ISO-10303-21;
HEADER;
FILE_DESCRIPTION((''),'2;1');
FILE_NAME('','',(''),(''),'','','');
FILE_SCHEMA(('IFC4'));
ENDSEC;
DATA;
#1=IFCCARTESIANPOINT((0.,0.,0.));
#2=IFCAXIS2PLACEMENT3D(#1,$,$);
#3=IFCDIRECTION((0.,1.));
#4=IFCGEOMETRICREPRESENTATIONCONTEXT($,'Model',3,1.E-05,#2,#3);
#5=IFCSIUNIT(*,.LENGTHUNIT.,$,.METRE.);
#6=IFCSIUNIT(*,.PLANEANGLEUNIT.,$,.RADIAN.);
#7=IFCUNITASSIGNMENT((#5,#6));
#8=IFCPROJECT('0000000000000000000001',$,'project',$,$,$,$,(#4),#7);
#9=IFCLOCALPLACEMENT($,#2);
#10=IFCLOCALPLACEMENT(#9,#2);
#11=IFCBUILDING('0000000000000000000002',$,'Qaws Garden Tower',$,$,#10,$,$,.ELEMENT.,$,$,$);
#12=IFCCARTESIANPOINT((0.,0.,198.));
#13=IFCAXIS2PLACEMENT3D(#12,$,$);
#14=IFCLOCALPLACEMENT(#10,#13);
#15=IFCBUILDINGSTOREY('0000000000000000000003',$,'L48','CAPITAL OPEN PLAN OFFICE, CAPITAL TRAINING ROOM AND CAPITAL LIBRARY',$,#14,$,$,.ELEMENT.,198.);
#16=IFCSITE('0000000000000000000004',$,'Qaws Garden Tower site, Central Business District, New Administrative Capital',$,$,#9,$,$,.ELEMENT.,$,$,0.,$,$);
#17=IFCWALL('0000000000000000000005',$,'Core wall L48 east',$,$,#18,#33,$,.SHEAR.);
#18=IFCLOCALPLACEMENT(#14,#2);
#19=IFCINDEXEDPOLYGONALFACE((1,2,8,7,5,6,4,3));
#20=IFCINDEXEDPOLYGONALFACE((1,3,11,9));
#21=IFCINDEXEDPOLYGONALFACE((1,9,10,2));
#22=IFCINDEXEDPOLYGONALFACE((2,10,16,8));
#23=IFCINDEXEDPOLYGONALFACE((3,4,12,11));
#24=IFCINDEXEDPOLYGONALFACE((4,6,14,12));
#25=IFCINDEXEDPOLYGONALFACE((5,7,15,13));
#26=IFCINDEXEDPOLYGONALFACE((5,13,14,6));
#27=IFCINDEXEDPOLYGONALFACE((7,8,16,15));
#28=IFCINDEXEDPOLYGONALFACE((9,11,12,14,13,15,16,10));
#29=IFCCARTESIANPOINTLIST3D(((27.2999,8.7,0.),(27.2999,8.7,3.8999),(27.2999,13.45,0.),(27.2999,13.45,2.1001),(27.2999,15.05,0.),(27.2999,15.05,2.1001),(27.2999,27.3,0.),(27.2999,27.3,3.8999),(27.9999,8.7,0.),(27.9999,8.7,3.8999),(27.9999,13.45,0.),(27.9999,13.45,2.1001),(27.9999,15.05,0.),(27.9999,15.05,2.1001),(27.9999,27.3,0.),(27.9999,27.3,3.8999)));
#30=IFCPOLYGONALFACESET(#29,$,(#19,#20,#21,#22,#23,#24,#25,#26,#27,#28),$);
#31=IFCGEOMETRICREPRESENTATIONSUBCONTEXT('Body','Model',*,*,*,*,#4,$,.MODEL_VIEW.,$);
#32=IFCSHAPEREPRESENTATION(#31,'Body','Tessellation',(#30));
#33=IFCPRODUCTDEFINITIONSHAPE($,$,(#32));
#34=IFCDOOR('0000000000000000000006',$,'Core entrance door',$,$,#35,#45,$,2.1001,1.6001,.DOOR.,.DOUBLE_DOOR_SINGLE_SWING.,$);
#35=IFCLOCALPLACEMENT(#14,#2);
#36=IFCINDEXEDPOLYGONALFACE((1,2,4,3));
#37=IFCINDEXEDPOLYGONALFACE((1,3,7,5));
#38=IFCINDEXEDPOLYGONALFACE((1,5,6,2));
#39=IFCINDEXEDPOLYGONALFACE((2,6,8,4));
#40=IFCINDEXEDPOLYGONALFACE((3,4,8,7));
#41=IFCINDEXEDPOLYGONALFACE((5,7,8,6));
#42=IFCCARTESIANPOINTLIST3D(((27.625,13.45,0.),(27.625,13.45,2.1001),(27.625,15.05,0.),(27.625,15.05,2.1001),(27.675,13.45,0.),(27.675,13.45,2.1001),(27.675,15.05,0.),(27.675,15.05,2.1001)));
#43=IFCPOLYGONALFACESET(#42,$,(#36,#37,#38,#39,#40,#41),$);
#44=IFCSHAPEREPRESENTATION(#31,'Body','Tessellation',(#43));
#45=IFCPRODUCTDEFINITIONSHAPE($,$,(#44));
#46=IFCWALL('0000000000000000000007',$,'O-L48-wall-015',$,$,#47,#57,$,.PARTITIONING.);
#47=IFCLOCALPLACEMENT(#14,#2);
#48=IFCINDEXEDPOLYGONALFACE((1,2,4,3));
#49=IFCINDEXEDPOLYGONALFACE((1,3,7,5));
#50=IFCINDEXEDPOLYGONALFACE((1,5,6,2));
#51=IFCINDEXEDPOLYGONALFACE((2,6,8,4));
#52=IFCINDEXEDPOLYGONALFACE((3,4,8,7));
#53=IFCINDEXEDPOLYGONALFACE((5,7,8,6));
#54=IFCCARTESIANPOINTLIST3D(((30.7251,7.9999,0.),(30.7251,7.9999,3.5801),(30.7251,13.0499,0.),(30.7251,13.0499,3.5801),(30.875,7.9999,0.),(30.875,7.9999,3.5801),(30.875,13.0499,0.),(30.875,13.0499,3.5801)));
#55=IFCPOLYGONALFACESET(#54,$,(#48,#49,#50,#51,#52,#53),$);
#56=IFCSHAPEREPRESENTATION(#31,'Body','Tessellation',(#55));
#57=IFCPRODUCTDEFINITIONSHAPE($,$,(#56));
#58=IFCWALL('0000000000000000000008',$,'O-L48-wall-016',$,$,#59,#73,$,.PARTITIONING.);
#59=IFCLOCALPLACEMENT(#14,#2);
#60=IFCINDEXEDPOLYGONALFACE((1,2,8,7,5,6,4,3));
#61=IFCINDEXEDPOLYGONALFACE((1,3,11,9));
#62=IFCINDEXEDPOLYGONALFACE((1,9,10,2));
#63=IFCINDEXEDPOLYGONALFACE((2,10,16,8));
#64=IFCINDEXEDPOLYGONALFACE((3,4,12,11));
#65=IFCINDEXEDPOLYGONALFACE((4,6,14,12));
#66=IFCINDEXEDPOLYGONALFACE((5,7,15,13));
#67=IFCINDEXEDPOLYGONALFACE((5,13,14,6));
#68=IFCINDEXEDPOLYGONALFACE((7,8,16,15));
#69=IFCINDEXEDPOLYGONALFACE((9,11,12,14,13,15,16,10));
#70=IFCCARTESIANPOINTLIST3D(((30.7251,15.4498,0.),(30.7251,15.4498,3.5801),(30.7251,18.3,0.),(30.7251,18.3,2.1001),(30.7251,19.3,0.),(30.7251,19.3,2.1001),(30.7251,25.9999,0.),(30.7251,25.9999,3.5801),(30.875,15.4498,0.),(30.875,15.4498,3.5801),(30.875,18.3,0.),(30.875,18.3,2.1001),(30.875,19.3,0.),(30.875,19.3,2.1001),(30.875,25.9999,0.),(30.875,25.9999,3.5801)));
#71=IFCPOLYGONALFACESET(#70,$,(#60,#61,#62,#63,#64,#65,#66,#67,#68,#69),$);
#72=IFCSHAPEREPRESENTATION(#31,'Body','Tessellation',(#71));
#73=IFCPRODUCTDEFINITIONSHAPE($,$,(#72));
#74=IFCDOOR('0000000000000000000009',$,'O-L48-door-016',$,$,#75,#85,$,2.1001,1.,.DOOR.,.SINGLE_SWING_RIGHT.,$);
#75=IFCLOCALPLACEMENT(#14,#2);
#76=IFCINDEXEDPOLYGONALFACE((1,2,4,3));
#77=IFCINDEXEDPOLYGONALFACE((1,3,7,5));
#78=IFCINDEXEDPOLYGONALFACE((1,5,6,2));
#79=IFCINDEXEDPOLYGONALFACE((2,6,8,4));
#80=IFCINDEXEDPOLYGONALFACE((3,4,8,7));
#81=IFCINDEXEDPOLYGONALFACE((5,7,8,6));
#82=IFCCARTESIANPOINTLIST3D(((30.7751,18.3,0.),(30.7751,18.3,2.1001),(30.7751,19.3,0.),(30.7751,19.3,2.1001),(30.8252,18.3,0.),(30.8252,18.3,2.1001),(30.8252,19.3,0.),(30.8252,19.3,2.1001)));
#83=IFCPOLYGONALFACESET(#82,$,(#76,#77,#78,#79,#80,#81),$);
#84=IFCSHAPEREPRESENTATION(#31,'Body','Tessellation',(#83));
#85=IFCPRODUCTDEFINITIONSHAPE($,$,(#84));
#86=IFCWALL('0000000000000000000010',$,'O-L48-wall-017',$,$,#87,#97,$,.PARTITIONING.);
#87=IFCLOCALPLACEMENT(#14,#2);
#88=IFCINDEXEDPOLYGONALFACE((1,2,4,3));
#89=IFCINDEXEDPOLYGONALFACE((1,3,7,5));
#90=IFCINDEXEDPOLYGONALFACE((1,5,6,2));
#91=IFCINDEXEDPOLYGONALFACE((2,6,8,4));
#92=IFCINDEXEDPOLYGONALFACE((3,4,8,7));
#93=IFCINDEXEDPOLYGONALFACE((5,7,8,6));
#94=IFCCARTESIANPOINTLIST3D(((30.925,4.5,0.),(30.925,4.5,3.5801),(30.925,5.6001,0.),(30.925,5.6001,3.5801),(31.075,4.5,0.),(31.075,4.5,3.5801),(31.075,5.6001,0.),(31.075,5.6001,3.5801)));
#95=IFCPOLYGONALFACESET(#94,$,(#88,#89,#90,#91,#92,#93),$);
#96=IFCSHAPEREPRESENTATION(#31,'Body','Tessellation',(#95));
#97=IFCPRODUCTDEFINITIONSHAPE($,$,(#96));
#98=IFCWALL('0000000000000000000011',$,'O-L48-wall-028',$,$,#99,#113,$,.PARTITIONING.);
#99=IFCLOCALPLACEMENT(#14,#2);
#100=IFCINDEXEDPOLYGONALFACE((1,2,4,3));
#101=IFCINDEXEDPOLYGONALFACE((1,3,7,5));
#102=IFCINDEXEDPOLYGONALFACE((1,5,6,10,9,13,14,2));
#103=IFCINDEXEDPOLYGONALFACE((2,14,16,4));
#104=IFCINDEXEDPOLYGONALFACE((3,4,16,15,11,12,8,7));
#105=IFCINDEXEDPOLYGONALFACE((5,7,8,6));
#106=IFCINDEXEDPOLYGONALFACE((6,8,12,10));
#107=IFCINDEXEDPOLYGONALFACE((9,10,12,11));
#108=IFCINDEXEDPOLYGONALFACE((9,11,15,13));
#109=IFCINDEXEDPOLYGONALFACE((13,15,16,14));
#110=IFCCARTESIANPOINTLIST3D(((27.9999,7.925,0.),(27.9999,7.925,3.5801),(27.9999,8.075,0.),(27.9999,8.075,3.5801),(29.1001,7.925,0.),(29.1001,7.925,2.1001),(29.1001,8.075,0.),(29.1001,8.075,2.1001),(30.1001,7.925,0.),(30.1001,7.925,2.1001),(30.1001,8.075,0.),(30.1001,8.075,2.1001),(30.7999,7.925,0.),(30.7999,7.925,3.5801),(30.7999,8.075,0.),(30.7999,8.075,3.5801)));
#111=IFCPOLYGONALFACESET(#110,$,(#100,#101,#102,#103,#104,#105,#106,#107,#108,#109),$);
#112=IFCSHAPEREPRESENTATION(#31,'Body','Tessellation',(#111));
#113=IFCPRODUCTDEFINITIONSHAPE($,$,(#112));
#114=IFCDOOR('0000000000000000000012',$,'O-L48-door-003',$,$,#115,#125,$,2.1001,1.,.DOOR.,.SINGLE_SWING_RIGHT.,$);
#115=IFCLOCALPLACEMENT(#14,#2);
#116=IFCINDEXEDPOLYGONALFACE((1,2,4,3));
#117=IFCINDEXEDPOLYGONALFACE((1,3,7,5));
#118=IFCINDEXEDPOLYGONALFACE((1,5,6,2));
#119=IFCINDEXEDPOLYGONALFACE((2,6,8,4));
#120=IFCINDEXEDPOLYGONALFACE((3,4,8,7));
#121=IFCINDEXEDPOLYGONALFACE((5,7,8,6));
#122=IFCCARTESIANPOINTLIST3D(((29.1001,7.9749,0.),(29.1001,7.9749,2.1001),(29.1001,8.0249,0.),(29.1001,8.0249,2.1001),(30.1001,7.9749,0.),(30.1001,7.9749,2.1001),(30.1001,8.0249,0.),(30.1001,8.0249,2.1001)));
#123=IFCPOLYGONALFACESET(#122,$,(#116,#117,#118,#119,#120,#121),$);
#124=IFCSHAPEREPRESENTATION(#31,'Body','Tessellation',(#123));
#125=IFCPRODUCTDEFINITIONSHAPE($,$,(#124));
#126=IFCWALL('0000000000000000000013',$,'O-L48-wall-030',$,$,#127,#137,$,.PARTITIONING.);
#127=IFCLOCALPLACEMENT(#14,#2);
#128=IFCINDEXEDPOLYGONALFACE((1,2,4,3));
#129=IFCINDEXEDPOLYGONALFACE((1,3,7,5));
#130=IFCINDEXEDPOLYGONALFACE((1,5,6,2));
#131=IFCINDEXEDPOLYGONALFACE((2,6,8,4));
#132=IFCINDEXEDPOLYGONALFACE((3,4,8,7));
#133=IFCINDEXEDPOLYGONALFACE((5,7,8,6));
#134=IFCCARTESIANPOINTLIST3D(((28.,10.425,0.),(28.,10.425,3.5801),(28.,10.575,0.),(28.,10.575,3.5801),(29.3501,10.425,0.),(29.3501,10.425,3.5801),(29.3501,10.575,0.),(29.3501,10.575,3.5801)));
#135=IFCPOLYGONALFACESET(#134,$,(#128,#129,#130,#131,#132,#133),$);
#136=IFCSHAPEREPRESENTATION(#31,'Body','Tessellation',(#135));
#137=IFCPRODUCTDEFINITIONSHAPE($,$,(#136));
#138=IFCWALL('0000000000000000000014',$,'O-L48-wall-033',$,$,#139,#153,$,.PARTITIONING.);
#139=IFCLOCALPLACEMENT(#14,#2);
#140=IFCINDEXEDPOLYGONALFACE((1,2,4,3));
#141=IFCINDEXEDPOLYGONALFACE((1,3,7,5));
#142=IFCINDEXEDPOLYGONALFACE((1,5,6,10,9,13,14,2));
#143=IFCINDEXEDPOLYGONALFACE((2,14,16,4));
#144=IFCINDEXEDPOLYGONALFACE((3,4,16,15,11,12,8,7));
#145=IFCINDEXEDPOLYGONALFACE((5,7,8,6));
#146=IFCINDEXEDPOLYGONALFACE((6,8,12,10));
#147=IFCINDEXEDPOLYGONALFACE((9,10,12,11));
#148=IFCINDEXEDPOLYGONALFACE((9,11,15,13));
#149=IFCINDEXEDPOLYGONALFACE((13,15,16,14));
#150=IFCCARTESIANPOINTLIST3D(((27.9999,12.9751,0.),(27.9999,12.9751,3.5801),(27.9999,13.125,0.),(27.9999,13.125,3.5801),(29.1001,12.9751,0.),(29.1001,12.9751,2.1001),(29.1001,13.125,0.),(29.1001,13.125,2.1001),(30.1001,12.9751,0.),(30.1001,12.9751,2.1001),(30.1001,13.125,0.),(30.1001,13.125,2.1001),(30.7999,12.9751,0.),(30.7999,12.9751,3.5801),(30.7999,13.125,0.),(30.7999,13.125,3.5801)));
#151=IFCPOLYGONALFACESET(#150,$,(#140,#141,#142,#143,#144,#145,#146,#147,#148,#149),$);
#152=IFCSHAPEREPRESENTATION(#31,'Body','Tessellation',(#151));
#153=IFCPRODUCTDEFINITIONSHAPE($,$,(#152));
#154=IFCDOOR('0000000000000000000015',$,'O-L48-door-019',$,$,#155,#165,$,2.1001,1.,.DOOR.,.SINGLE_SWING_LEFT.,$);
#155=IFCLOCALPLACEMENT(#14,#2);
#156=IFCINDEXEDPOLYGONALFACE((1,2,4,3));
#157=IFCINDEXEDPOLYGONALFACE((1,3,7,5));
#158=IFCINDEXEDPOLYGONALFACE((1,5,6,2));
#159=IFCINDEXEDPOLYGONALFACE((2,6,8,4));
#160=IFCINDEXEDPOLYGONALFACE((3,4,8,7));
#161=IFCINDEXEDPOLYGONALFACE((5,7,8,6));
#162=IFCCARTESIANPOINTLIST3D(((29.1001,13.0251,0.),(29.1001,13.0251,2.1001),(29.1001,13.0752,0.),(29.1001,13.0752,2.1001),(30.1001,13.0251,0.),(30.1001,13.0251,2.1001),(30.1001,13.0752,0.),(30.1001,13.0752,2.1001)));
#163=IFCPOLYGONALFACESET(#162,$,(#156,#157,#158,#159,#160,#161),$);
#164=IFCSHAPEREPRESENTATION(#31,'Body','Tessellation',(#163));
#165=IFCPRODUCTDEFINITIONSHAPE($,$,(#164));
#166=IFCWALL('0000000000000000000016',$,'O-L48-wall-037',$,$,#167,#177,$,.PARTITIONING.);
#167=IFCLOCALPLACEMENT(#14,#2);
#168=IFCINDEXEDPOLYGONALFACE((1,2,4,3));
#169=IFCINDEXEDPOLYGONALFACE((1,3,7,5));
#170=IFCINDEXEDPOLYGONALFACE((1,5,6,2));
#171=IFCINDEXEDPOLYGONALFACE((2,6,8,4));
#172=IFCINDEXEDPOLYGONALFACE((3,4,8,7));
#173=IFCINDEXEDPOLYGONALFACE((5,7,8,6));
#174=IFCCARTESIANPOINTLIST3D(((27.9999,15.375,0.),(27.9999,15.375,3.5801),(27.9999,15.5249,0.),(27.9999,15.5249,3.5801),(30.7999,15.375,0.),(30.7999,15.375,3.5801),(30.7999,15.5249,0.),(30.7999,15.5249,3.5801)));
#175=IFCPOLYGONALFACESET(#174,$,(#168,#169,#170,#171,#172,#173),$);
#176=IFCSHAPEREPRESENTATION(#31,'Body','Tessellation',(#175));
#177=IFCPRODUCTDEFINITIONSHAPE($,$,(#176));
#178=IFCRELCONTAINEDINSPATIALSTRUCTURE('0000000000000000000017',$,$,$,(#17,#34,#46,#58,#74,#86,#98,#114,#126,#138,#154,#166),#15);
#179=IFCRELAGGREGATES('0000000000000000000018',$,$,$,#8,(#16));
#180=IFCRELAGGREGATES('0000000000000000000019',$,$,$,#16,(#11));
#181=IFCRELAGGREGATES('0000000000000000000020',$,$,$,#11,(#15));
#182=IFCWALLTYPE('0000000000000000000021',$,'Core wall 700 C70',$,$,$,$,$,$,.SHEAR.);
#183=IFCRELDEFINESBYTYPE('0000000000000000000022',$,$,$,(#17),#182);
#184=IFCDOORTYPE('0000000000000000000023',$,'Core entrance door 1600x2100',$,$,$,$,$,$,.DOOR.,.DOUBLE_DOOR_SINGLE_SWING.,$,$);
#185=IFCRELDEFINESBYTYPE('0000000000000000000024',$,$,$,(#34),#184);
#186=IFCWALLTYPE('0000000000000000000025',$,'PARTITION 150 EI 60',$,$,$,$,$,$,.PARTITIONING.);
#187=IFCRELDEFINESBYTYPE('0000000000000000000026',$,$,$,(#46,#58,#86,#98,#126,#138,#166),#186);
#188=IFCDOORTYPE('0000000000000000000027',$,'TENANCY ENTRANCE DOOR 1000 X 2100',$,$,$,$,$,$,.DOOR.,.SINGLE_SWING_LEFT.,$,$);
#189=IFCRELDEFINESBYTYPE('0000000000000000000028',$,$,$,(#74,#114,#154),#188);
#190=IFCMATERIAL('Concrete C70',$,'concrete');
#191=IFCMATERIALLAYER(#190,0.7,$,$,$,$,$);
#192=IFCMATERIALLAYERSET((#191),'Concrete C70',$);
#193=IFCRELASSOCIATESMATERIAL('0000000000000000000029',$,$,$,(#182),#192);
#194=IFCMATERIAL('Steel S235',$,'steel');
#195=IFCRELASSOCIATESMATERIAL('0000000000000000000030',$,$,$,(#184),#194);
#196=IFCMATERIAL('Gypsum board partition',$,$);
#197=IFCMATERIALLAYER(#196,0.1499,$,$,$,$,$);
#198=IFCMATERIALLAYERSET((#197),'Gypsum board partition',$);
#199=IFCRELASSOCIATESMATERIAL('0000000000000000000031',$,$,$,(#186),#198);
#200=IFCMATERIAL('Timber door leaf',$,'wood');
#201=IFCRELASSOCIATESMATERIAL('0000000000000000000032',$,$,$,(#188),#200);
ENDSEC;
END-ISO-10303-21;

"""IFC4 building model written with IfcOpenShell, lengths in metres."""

from ifc_helpers import new_model, si_unit, direction, frame, frame_2d, origin, place, context, subcontext, project, spatial, rectangle, extrude, material, layer, layer_set, type_object, element, fill, save


model = new_model("IFC4")

# Units and contexts
model_context = context("Model", 3, precision=1e-05, world=origin(), true_north=direction((0.0, 1.0)))
body_context = subcontext(model_context, "Body", "Model", "MODEL_VIEW")
ifc_project = project(units=[si_unit("LENGTHUNIT", "METRE"), si_unit("PLANEANGLEUNIT", "RADIAN")], contexts=[model_context])

# Site, building, storey
site_placement = place(None, origin())
site = spatial("IfcSite", under=ifc_project, at=site_placement, Name="Qaws Garden Tower site, Central Business District, New Administrative Capital", CompositionType="ELEMENT", RefElevation=0.0)
building_placement = place(site_placement, origin())
building = spatial("IfcBuilding", under=site, at=building_placement, Name="Qaws Garden Tower", CompositionType="ELEMENT")
storey_placement = place(building_placement, frame((0.0, 0.0, 198.0)))
storey = spatial("IfcBuildingStorey", under=building, at=storey_placement, Name="L48", Description="CAPITAL OPEN PLAN OFFICE, CAPITAL TRAINING ROOM AND CAPITAL LIBRARY", CompositionType="ELEMENT", Elevation=198.0)

# Wall, opening, door
ifc_material_1 = material(Name="Concrete C70", Category="concrete")
ifc_layer_1 = layer(ifc_material_1, 0.7)
ifc_layer_set_1 = layer_set([ifc_layer_1], Name="Concrete C70")
wall_type_1 = type_object("IfcWallType", Name="Core wall 700 C70", PredefinedType="SHEAR", material=ifc_layer_set_1)
wall_1_placement = place(storey_placement, frame((27.6499, 8.7, 0.0), z_axis=(0.0, 0.0, 1.0), x_axis=(0.0, 1.0, 0.0)))
wall_1 = element("IfcWall", 1, at=wall_1_placement, inside=storey, type_object=wall_type_1, Name="Core wall L48 east", PredefinedType="SHEAR", context=body_context, shape_type="SweptSolid", body=[
    extrude(rectangle(XDim=18.6001, YDim=0.7, at=frame_2d((9.3, 0.0))), origin(), (0.0, 0.0, 1.0), 3.8999),
])
opening_1_placement = place(wall_1_placement, frame((4.75, 0.0, 0.0)))
opening_1 = element("IfcOpeningElement", 2, at=opening_1_placement, cuts=wall_1, PredefinedType="OPENING", context=body_context, shape_type="SweptSolid", body=[
    extrude(rectangle(XDim=1.6001, YDim=2.1001, at=frame_2d((0.8, 1.05))), frame((0.0, 0.3599, 0.0), z_axis=(0.0, -1.0, 0.0), x_axis=(1.0, 0.0, 0.0)), (0.0, 0.0, 1.0), 0.72),
])
ifc_material_2 = material(Name="Steel S235", Category="steel")
door_type_1 = type_object("IfcDoorType", Name="Core entrance door 1600x2100", OperationType="DOUBLE_DOOR_SINGLE_SWING", PredefinedType="DOOR", material=ifc_material_2)
door_1_placement = place(opening_1_placement, origin())
door_1 = element("IfcDoor", 3, at=door_1_placement, inside=storey, type_object=door_type_1, Name="Core entrance door", OperationType="DOUBLE_DOOR_SINGLE_SWING", OverallHeight=2.1001, OverallWidth=1.6001, PredefinedType="DOOR", context=body_context, shape_type="SweptSolid", body=[
    extrude(rectangle(XDim=1.6001, YDim=2.1001, at=frame_2d((0.8, 1.05))), frame((0.0, 0.0249, 0.0), z_axis=(0.0, -1.0, 0.0), x_axis=(1.0, 0.0, 0.0)), (0.0, 0.0, 1.0), 0.05),
])
fill(opening_1, door_1)

# Wall
ifc_material_3 = material(Name="Gypsum board partition")
ifc_layer_2 = layer(ifc_material_3, 0.1499)
ifc_layer_set_2 = layer_set([ifc_layer_2], Name="Gypsum board partition")
wall_type_2 = type_object("IfcWallType", Name="PARTITION 150 EI 60", PredefinedType="PARTITIONING", material=ifc_layer_set_2)
wall_2_placement = place(storey_placement, frame((30.8, 8.0, 0.0), z_axis=(0.0, 0.0, 1.0), x_axis=(0.0, 1.0, 0.0)))
element("IfcWall", 4, at=wall_2_placement, inside=storey, type_object=wall_type_2, Name="O-L48-wall-015", PredefinedType="PARTITIONING", context=body_context, shape_type="SweptSolid", body=[
    extrude(rectangle(XDim=5.05, YDim=0.1499, at=frame_2d((2.5249, 0.0))), origin(), (0.0, 0.0, 1.0), 3.5801),
])

# Wall, opening, door
wall_3_placement = place(storey_placement, frame((30.8, 15.45, 0.0), z_axis=(0.0, 0.0, 1.0), x_axis=(0.0, 1.0, 0.0)))
wall_3 = element("IfcWall", 5, at=wall_3_placement, inside=storey, type_object=wall_type_2, Name="O-L48-wall-016", PredefinedType="PARTITIONING", context=body_context, shape_type="SweptSolid", body=[
    extrude(rectangle(XDim=10.55, YDim=0.1499, at=frame_2d((5.2749, 0.0))), origin(), (0.0, 0.0, 1.0), 3.5801),
])
opening_2_placement = place(wall_3_placement, frame((2.8501, 0.0, 0.0)))
opening_2 = element("IfcOpeningElement", 6, at=opening_2_placement, cuts=wall_3, PredefinedType="OPENING", context=body_context, shape_type="SweptSolid", body=[
    extrude(rectangle(XDim=1.0, YDim=2.1001, at=frame_2d((0.5, 1.05))), frame((0.0, 0.085, 0.0), z_axis=(0.0, -1.0, 0.0), x_axis=(1.0, 0.0, 0.0)), (0.0, 0.0, 1.0), 0.1699),
])
ifc_material_4 = material(Name="Timber door leaf", Category="wood")
door_type_2 = type_object("IfcDoorType", Name="TENANCY ENTRANCE DOOR 1000 X 2100", OperationType="SINGLE_SWING_LEFT", PredefinedType="DOOR", material=ifc_material_4)
door_2_placement = place(opening_2_placement, origin())
door_2 = element("IfcDoor", 7, at=door_2_placement, inside=storey, type_object=door_type_2, Name="O-L48-door-016", OperationType="SINGLE_SWING_RIGHT", OverallHeight=2.1001, OverallWidth=1.0, PredefinedType="DOOR", context=body_context, shape_type="SweptSolid", body=[
    extrude(rectangle(XDim=1.0, YDim=2.1001, at=frame_2d((0.5, 1.05))), frame((0.0, 0.0249, 0.0), z_axis=(0.0, -1.0, 0.0), x_axis=(1.0, 0.0, 0.0)), (0.0, 0.0, 1.0), 0.05),
])
fill(opening_2, door_2)

# Wall
wall_4_placement = place(storey_placement, frame((31.0, 4.5, 0.0), z_axis=(0.0, 0.0, 1.0), x_axis=(0.0, 1.0, 0.0)))
element("IfcWall", 8, at=wall_4_placement, inside=storey, type_object=wall_type_2, Name="O-L48-wall-017", PredefinedType="PARTITIONING", context=body_context, shape_type="SweptSolid", body=[
    extrude(rectangle(XDim=1.1001, YDim=0.1499, at=frame_2d((0.55, 0.0))), origin(), (0.0, 0.0, 1.0), 3.5801),
])

# Wall, opening, door
wall_5_placement = place(storey_placement, frame((28.0, 8.0, 0.0), z_axis=(0.0, 0.0, 1.0), x_axis=(1.0, 0.0, 0.0)))
wall_5 = element("IfcWall", 9, at=wall_5_placement, inside=storey, type_object=wall_type_2, Name="O-L48-wall-028", PredefinedType="PARTITIONING", context=body_context, shape_type="SweptSolid", body=[
    extrude(rectangle(XDim=2.8, YDim=0.1499, at=frame_2d((1.3999, 0.0))), origin(), (0.0, 0.0, 1.0), 3.5801),
])
opening_3_placement = place(wall_5_placement, frame((1.1001, 0.0, 0.0)))
opening_3 = element("IfcOpeningElement", 10, at=opening_3_placement, cuts=wall_5, PredefinedType="OPENING", context=body_context, shape_type="SweptSolid", body=[
    extrude(rectangle(XDim=1.0, YDim=2.1001, at=frame_2d((0.5, 1.05))), frame((0.0, 0.085, 0.0), z_axis=(0.0, -1.0, 0.0), x_axis=(1.0, 0.0, 0.0)), (0.0, 0.0, 1.0), 0.1699),
])
door_3_placement = place(opening_3_placement, origin())
door_3 = element("IfcDoor", 11, at=door_3_placement, inside=storey, type_object=door_type_2, Name="O-L48-door-003", OperationType="SINGLE_SWING_RIGHT", OverallHeight=2.1001, OverallWidth=1.0, PredefinedType="DOOR", context=body_context, shape_type="SweptSolid", body=[
    extrude(rectangle(XDim=1.0, YDim=2.1001, at=frame_2d((0.5, 1.05))), frame((0.0, 0.0249, 0.0), z_axis=(0.0, -1.0, 0.0), x_axis=(1.0, 0.0, 0.0)), (0.0, 0.0, 1.0), 0.05),
])
fill(opening_3, door_3)

# Wall
wall_6_placement = place(storey_placement, frame((28.0, 10.5, 0.0), z_axis=(0.0, 0.0, 1.0), x_axis=(1.0, 0.0, 0.0)))
element("IfcWall", 12, at=wall_6_placement, inside=storey, type_object=wall_type_2, Name="O-L48-wall-030", PredefinedType="PARTITIONING", context=body_context, shape_type="SweptSolid", body=[
    extrude(rectangle(XDim=1.3501, YDim=0.1499, at=frame_2d((0.675, 0.0))), origin(), (0.0, 0.0, 1.0), 3.5801),
])

# Wall, opening, door
wall_7_placement = place(storey_placement, frame((28.0, 13.05, 0.0), z_axis=(0.0, 0.0, 1.0), x_axis=(1.0, 0.0, 0.0)))
wall_7 = element("IfcWall", 13, at=wall_7_placement, inside=storey, type_object=wall_type_2, Name="O-L48-wall-033", PredefinedType="PARTITIONING", context=body_context, shape_type="SweptSolid", body=[
    extrude(rectangle(XDim=2.8, YDim=0.1499, at=frame_2d((1.3999, 0.0))), origin(), (0.0, 0.0, 1.0), 3.5801),
])
opening_4_placement = place(wall_7_placement, frame((1.1001, 0.0, 0.0)))
opening_4 = element("IfcOpeningElement", 14, at=opening_4_placement, cuts=wall_7, PredefinedType="OPENING", context=body_context, shape_type="SweptSolid", body=[
    extrude(rectangle(XDim=1.0, YDim=2.1001, at=frame_2d((0.5, 1.05))), frame((0.0, 0.085, 0.0), z_axis=(0.0, -1.0, 0.0), x_axis=(1.0, 0.0, 0.0)), (0.0, 0.0, 1.0), 0.1699),
])
door_4_placement = place(opening_4_placement, frame((1.0, 0.0, 0.0), z_axis=(0.0, 0.0, 1.0), x_axis=(-1.0, 0.0, 0.0)))
door_4 = element("IfcDoor", 15, at=door_4_placement, inside=storey, type_object=door_type_2, Name="O-L48-door-019", OperationType="SINGLE_SWING_LEFT", OverallHeight=2.1001, OverallWidth=1.0, PredefinedType="DOOR", context=body_context, shape_type="SweptSolid", body=[
    extrude(rectangle(XDim=1.0, YDim=2.1001, at=frame_2d((0.5, 1.05))), frame((0.0, 0.0249, 0.0), z_axis=(0.0, -1.0, 0.0), x_axis=(1.0, 0.0, 0.0)), (0.0, 0.0, 1.0), 0.05),
])
fill(opening_4, door_4)

# Wall
wall_8_placement = place(storey_placement, frame((28.0, 15.45, 0.0), z_axis=(0.0, 0.0, 1.0), x_axis=(1.0, 0.0, 0.0)))
element("IfcWall", 16, at=wall_8_placement, inside=storey, type_object=wall_type_2, Name="O-L48-wall-037", PredefinedType="PARTITIONING", context=body_context, shape_type="SweptSolid", body=[
    extrude(rectangle(XDim=2.8, YDim=0.1499, at=frame_2d((1.3999, 0.0))), origin(), (0.0, 0.0, 1.0), 3.5801),
])

save(model, "model.ifc")
